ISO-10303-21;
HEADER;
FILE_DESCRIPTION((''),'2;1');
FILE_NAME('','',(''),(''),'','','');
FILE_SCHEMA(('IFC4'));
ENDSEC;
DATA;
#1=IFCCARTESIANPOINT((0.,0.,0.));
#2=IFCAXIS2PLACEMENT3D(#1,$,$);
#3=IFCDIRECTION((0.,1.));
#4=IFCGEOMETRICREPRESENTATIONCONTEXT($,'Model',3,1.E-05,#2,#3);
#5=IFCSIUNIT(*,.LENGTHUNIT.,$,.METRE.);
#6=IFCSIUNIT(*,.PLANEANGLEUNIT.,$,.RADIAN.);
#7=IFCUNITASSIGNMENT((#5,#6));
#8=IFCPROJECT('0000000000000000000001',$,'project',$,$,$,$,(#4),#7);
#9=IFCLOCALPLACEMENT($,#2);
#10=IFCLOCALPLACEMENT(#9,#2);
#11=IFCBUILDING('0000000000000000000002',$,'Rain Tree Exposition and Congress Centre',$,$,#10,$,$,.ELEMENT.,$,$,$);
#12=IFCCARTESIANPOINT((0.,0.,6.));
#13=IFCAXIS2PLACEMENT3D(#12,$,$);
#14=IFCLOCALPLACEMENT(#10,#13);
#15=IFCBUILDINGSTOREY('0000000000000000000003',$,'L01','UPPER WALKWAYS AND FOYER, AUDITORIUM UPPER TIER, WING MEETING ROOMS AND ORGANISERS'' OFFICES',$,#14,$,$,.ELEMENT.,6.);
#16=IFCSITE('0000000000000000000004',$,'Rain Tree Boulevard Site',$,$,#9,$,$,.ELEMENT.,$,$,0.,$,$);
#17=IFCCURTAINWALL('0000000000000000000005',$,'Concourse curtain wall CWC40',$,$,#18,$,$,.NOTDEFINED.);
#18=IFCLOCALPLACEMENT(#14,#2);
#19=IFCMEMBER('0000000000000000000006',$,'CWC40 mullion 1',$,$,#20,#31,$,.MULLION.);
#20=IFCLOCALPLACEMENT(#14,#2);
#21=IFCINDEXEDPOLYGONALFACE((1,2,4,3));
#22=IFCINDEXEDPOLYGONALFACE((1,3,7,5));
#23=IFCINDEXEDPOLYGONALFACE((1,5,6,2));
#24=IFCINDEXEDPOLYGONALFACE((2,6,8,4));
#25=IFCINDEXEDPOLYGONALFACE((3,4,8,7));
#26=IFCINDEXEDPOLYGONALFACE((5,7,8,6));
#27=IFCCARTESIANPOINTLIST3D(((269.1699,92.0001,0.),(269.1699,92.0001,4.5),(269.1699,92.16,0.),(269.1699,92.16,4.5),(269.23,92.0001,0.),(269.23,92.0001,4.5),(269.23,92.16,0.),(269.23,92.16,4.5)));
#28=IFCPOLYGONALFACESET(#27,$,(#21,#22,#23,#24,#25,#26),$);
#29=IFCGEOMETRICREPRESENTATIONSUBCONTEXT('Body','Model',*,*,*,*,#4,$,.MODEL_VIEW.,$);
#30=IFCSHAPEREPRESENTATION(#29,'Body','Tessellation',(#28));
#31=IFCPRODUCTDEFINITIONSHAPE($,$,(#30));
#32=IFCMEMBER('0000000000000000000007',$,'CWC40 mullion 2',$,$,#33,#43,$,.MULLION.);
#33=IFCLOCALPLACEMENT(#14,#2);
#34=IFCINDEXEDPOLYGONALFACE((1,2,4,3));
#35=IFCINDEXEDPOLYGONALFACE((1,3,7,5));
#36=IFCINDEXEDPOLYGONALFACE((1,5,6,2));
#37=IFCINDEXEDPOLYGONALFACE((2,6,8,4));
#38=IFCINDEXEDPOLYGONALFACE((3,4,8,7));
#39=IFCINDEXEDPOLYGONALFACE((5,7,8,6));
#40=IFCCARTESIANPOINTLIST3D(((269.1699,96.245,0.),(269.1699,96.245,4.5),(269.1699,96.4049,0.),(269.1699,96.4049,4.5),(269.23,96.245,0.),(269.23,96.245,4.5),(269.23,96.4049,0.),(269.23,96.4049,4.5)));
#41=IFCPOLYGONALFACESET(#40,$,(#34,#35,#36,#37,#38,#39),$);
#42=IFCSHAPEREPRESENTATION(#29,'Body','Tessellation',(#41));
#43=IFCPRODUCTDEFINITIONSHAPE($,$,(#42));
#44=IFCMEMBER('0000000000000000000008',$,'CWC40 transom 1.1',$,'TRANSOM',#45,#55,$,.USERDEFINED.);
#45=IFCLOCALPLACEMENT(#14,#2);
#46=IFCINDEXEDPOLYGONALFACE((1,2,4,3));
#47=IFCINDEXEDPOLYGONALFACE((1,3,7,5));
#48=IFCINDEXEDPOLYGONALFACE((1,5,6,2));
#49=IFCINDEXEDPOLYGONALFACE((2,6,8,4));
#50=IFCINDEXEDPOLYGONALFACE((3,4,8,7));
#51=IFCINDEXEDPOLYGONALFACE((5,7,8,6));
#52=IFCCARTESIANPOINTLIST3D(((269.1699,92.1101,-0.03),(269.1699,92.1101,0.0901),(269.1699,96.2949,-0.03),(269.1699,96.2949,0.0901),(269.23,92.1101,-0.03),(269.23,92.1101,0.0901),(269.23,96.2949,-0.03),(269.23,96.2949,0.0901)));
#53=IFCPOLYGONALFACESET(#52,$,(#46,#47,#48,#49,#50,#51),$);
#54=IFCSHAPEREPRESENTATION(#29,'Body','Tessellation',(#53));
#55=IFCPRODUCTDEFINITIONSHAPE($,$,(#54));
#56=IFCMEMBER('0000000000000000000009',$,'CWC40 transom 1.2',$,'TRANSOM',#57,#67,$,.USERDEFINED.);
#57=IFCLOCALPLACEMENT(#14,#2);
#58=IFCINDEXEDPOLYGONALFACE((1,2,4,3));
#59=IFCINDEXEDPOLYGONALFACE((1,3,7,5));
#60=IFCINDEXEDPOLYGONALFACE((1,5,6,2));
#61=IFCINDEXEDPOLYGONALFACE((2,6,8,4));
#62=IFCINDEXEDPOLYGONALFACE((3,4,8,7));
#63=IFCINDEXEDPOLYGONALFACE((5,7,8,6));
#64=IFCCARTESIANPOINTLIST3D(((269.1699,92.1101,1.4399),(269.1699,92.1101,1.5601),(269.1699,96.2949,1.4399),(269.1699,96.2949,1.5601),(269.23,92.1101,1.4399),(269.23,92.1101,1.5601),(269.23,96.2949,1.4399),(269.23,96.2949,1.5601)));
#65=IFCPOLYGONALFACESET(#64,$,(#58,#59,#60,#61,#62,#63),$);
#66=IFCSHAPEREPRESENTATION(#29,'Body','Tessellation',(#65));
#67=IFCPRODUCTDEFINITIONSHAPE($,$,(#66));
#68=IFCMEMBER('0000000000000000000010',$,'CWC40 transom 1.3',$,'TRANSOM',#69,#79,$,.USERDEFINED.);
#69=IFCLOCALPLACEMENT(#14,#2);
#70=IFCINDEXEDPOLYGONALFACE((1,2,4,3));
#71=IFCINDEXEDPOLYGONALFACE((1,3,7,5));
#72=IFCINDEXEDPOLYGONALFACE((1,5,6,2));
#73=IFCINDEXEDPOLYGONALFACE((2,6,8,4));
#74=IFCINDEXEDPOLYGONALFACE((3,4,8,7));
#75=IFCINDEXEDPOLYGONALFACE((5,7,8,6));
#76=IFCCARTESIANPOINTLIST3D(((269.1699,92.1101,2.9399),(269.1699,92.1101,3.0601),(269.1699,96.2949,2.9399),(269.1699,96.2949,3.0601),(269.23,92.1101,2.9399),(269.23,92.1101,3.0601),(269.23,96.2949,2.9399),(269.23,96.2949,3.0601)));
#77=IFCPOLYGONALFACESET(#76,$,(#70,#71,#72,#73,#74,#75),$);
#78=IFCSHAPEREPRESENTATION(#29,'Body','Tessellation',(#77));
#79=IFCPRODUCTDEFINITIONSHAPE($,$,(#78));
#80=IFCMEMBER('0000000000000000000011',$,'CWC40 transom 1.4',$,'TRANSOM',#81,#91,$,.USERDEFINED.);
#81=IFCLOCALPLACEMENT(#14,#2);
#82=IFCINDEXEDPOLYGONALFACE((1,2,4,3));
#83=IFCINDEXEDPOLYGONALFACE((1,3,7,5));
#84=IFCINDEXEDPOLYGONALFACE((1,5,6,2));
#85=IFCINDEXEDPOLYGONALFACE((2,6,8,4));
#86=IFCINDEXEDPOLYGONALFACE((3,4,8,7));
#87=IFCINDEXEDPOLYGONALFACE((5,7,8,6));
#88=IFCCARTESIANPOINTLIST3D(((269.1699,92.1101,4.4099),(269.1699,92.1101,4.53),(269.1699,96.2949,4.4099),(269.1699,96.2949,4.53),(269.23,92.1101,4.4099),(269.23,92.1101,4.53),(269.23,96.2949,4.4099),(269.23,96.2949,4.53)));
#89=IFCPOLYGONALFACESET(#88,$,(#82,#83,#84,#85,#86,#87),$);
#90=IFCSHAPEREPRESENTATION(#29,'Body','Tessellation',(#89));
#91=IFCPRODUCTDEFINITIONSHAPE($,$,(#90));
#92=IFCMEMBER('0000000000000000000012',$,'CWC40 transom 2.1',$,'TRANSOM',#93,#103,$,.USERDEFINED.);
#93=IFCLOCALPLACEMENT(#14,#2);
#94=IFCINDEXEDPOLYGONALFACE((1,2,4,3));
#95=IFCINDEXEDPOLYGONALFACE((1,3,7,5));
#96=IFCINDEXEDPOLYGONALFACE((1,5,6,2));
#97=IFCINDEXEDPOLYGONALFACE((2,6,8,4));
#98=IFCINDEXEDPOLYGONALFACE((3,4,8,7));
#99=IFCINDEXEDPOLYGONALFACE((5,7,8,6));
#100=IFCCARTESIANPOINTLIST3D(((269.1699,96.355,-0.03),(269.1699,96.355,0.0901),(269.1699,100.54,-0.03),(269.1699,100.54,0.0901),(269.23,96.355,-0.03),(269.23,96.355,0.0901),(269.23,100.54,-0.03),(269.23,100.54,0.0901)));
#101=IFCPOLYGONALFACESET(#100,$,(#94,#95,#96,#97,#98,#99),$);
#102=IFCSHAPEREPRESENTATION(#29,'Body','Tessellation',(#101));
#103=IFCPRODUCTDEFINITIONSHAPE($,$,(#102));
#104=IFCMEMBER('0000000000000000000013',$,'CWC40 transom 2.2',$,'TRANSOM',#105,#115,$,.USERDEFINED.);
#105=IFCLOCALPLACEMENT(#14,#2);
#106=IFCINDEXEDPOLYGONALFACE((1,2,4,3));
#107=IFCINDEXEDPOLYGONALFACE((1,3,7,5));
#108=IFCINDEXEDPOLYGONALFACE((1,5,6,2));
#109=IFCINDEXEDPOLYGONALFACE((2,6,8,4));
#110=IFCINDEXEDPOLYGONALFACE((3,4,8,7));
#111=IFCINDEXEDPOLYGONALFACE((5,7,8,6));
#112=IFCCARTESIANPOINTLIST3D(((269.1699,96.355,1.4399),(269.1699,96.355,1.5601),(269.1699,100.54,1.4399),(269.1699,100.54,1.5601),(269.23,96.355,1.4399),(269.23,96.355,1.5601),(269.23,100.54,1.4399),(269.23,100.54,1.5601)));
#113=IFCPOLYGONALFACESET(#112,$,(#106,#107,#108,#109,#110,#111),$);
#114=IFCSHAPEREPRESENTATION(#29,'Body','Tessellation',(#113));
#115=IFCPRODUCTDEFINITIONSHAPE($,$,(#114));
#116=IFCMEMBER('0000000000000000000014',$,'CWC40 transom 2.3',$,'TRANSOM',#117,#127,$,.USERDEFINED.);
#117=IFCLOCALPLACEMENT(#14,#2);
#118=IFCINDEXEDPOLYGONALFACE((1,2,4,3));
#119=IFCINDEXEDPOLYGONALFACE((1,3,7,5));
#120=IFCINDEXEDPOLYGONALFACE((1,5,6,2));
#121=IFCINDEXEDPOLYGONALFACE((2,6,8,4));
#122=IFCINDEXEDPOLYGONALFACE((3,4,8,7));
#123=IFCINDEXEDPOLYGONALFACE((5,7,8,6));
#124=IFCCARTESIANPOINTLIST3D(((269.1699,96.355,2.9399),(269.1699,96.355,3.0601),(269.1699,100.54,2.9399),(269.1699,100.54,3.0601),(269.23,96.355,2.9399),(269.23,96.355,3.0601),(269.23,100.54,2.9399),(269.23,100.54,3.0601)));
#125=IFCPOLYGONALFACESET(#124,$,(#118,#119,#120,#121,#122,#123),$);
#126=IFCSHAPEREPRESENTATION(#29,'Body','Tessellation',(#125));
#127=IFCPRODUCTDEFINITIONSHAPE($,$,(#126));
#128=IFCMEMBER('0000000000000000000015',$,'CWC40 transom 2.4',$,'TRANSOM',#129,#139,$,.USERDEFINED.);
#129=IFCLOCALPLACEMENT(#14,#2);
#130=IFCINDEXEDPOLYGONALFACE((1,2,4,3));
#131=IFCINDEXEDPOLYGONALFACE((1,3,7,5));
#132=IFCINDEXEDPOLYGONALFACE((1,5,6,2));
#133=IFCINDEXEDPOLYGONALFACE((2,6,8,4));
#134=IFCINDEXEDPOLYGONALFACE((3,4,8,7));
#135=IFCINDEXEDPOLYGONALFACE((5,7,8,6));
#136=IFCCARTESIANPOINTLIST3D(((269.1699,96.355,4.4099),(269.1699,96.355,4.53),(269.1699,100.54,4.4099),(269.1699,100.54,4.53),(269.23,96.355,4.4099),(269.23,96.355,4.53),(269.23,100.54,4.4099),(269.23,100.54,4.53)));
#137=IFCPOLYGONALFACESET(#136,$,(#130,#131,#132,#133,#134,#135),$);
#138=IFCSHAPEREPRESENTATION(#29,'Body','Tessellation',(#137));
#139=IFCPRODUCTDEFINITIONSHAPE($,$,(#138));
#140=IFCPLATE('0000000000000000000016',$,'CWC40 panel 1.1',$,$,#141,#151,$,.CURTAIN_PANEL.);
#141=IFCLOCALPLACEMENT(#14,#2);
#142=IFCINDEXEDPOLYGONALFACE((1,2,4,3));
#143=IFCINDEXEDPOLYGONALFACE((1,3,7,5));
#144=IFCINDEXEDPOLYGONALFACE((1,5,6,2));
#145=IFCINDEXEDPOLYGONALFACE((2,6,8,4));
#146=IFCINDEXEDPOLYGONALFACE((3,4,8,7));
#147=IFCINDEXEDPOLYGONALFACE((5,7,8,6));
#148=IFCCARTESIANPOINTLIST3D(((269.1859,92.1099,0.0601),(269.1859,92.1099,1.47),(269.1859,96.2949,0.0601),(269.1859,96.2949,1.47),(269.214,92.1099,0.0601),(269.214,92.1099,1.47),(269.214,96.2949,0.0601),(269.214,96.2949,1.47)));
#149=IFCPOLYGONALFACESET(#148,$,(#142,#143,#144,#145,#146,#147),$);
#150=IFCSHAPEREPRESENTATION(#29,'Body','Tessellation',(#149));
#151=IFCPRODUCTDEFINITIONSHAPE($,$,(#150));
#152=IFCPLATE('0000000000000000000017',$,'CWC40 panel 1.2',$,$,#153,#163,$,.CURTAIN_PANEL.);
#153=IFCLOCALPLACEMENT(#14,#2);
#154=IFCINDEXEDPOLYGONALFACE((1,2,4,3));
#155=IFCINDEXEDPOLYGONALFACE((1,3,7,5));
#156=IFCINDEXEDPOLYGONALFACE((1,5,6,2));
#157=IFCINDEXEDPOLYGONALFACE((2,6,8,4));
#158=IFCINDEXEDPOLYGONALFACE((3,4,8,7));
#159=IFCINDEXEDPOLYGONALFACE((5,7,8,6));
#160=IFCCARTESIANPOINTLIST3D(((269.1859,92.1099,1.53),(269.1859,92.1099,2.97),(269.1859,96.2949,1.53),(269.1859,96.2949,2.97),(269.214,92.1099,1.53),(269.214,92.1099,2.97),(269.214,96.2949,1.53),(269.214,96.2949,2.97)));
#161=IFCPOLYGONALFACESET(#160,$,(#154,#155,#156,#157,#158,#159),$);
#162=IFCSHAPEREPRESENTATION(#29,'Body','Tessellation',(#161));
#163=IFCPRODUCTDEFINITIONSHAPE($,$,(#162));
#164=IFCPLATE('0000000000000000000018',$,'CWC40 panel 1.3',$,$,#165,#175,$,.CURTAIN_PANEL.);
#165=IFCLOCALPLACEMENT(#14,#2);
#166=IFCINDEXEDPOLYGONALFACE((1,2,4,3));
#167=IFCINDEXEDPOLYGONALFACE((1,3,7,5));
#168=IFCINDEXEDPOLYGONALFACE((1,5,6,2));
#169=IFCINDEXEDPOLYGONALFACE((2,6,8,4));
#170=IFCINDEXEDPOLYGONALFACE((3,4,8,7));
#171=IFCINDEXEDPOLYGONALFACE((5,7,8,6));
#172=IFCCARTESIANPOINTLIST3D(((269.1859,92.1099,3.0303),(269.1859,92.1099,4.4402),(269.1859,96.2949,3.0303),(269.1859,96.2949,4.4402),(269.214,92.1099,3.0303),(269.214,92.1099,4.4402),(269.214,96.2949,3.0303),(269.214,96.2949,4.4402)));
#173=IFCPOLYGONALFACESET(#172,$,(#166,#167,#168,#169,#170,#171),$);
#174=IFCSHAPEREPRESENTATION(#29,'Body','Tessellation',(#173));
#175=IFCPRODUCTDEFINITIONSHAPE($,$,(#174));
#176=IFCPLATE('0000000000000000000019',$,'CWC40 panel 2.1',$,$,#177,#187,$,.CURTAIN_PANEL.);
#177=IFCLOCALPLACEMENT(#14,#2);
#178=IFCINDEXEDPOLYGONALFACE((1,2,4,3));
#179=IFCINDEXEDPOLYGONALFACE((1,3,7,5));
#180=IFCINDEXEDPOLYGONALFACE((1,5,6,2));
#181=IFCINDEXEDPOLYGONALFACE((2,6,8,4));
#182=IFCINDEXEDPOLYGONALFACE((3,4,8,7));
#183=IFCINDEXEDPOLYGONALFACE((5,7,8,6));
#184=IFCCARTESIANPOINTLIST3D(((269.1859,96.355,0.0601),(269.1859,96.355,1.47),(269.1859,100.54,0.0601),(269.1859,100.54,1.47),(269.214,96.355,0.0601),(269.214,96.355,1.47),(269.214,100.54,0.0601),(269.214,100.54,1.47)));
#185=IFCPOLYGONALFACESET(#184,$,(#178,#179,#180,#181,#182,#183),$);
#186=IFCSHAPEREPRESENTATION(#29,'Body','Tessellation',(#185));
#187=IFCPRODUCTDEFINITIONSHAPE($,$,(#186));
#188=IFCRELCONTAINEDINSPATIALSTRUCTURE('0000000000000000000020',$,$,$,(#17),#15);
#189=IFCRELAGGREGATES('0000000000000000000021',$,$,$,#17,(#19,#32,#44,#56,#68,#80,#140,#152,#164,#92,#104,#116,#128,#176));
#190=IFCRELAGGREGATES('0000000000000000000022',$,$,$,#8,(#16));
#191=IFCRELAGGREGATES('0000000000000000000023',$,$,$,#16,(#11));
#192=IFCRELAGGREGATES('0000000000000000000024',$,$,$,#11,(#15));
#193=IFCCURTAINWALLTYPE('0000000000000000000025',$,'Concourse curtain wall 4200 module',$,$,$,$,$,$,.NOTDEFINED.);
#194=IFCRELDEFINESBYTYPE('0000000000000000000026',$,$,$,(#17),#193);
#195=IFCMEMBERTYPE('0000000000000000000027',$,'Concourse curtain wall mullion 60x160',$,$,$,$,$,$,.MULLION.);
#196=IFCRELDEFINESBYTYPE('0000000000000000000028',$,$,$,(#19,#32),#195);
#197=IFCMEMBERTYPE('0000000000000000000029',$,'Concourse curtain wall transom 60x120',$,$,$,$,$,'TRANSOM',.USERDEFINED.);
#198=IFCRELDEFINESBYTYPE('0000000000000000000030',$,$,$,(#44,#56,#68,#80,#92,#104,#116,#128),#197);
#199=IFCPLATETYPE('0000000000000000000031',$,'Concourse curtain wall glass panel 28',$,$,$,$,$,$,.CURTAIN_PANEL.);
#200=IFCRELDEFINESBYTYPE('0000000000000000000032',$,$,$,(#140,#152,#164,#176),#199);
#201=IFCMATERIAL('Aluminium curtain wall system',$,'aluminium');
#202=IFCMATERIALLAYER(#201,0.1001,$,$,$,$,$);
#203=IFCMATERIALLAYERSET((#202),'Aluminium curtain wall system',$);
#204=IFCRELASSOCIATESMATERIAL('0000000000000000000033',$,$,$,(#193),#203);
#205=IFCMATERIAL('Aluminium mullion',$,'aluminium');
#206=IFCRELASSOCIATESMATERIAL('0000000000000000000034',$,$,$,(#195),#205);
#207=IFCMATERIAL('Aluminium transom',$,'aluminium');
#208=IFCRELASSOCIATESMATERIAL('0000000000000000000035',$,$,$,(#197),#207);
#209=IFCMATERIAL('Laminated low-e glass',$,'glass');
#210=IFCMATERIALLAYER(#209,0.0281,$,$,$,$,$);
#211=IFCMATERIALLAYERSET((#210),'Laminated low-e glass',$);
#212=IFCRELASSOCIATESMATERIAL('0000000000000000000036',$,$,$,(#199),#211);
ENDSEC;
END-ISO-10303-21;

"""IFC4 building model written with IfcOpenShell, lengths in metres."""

from ifc_helpers import new_model, si_unit, direction, frame, origin, origin_2d, place, context, subcontext, project, spatial, rectangle, extrude, material, layer, layer_set, material_profile, profile_set, type_object, element, aggregate, save


model = new_model("IFC4")

# Units and contexts
model_context = context("Model", 3, precision=1e-05, world=origin(), true_north=direction((0.0, 1.0)))
body_context = subcontext(model_context, "Body", "Model", "MODEL_VIEW")
ifc_project = project(units=[si_unit("LENGTHUNIT", "METRE"), si_unit("PLANEANGLEUNIT", "RADIAN")], contexts=[model_context])

# Site, building, storey
site_placement = place(None, origin())
site = spatial("IfcSite", under=ifc_project, at=site_placement, Name="Rain Tree Boulevard Site", CompositionType="ELEMENT", RefElevation=0.0)
building_placement = place(site_placement, origin())
building = spatial("IfcBuilding", under=site, at=building_placement, Name="Rain Tree Exposition and Congress Centre", CompositionType="ELEMENT")
storey_placement = place(building_placement, frame((0.0, 0.0, 6.0)))
storey = spatial("IfcBuildingStorey", under=building, at=storey_placement, Name="L01", Description="UPPER WALKWAYS AND FOYER, AUDITORIUM UPPER TIER, WING MEETING ROOMS AND ORGANISERS' OFFICES", CompositionType="ELEMENT", Elevation=6.0)

# Curtain wall, members, plates
ifc_material_1 = material(Name="Aluminium curtain wall system", Category="aluminium")
ifc_layer_1 = layer(ifc_material_1, 0.1001)
ifc_layer_set_1 = layer_set([ifc_layer_1], Name="Aluminium curtain wall system")
curtain_wall_type = type_object("IfcCurtainWallType", Name="Concourse curtain wall 4200 module", PredefinedType="NOTDEFINED", material=ifc_layer_set_1)
curtain_wall_placement = place(storey_placement, origin())
curtain_wall = element("IfcCurtainWall", 1, at=curtain_wall_placement, inside=storey, type_object=curtain_wall_type, Name="Concourse curtain wall CWC40", PredefinedType="NOTDEFINED")
ifc_material_2 = material(Name="Aluminium mullion", Category="aluminium")
ifc_material_profile_1 = material_profile(ifc_material_2, rectangle(XDim=0.0601, YDim=0.1599, at=origin_2d()), Name="AL 60x160")
ifc_profile_set_1 = profile_set([ifc_material_profile_1], Name="Aluminium mullion")
member_type_1 = type_object("IfcMemberType", Name="Concourse curtain wall mullion 60x160", PredefinedType="MULLION", material=ifc_profile_set_1)
member_1_placement = place(storey_placement, frame((269.2, 92.0801, 0.0), z_axis=(0.0, 0.0, 1.0), x_axis=(-1.0, 0.0, 0.0)))
member_1 = element("IfcMember", 2, at=member_1_placement, type_object=member_type_1, Name="CWC40 mullion 1", PredefinedType="MULLION", context=body_context, shape_type="SweptSolid", body=[
    extrude(rectangle(XDim=0.0601, YDim=0.1599, at=origin_2d()), origin(), (0.0, 0.0, 1.0), 4.5),
])
member_2_placement = place(storey_placement, frame((269.2, 96.325, 0.0), z_axis=(0.0, 0.0, 1.0), x_axis=(-1.0, 0.0, 0.0)))
member_2 = element("IfcMember", 3, at=member_2_placement, type_object=member_type_1, Name="CWC40 mullion 2", PredefinedType="MULLION", context=body_context, shape_type="SweptSolid", body=[
    extrude(rectangle(XDim=0.0601, YDim=0.1599, at=origin_2d()), origin(), (0.0, 0.0, 1.0), 4.5),
])
ifc_material_3 = material(Name="Aluminium transom", Category="aluminium")
ifc_material_profile_2 = material_profile(ifc_material_3, rectangle(XDim=0.0601, YDim=0.1201, at=origin_2d()), Name="AL 60x120")
ifc_profile_set_2 = profile_set([ifc_material_profile_2], Name="Aluminium transom")
member_type_2 = type_object("IfcMemberType", Name="Concourse curtain wall transom 60x120", ElementType="TRANSOM", PredefinedType="USERDEFINED", material=ifc_profile_set_2)
member_3_placement = place(storey_placement, frame((269.2, 92.1101, 0.03), z_axis=(0.0, 1.0, 0.0), x_axis=(-1.0, 0.0, 0.0)))
member_3 = element("IfcMember", 4, at=member_3_placement, type_object=member_type_2, Name="CWC40 transom 1.1", ObjectType="TRANSOM", PredefinedType="USERDEFINED", context=body_context, shape_type="SweptSolid", body=[
    extrude(rectangle(XDim=0.0601, YDim=0.1201, at=origin_2d()), origin(), (0.0, 0.0, 1.0), 4.1848),
])
member_4_placement = place(storey_placement, frame((269.2, 92.1101, 1.5), z_axis=(0.0, 1.0, 0.0), x_axis=(-1.0, 0.0, 0.0)))
member_4 = element("IfcMember", 5, at=member_4_placement, type_object=member_type_2, Name="CWC40 transom 1.2", ObjectType="TRANSOM", PredefinedType="USERDEFINED", context=body_context, shape_type="SweptSolid", body=[
    extrude(rectangle(XDim=0.0601, YDim=0.1201, at=origin_2d()), origin(), (0.0, 0.0, 1.0), 4.1848),
])
member_5_placement = place(storey_placement, frame((269.2, 92.1101, 3.0), z_axis=(0.0, 1.0, 0.0), x_axis=(-1.0, 0.0, 0.0)))
member_5 = element("IfcMember", 6, at=member_5_placement, type_object=member_type_2, Name="CWC40 transom 1.3", ObjectType="TRANSOM", PredefinedType="USERDEFINED", context=body_context, shape_type="SweptSolid", body=[
    extrude(rectangle(XDim=0.0601, YDim=0.1201, at=origin_2d()), origin(), (0.0, 0.0, 1.0), 4.1848),
])
member_6_placement = place(storey_placement, frame((269.2, 92.1101, 4.47), z_axis=(0.0, 1.0, 0.0), x_axis=(-1.0, 0.0, 0.0)))
member_6 = element("IfcMember", 7, at=member_6_placement, type_object=member_type_2, Name="CWC40 transom 1.4", ObjectType="TRANSOM", PredefinedType="USERDEFINED", context=body_context, shape_type="SweptSolid", body=[
    extrude(rectangle(XDim=0.0601, YDim=0.1201, at=origin_2d()), origin(), (0.0, 0.0, 1.0), 4.1848),
])
member_7_placement = place(storey_placement, frame((269.2, 96.355, 0.03), z_axis=(0.0, 1.0, 0.0), x_axis=(-1.0, 0.0, 0.0)))
member_7 = element("IfcMember", 8, at=member_7_placement, type_object=member_type_2, Name="CWC40 transom 2.1", ObjectType="TRANSOM", PredefinedType="USERDEFINED", context=body_context, shape_type="SweptSolid", body=[
    extrude(rectangle(XDim=0.0601, YDim=0.1201, at=origin_2d()), origin(), (0.0, 0.0, 1.0), 4.1851),
])
member_8_placement = place(storey_placement, frame((269.2, 96.355, 1.5), z_axis=(0.0, 1.0, 0.0), x_axis=(-1.0, 0.0, 0.0)))
member_8 = element("IfcMember", 9, at=member_8_placement, type_object=member_type_2, Name="CWC40 transom 2.2", ObjectType="TRANSOM", PredefinedType="USERDEFINED", context=body_context, shape_type="SweptSolid", body=[
    extrude(rectangle(XDim=0.0601, YDim=0.1201, at=origin_2d()), origin(), (0.0, 0.0, 1.0), 4.1851),
])
member_9_placement = place(storey_placement, frame((269.2, 96.355, 3.0), z_axis=(0.0, 1.0, 0.0), x_axis=(-1.0, 0.0, 0.0)))
member_9 = element("IfcMember", 10, at=member_9_placement, type_object=member_type_2, Name="CWC40 transom 2.3", ObjectType="TRANSOM", PredefinedType="USERDEFINED", context=body_context, shape_type="SweptSolid", body=[
    extrude(rectangle(XDim=0.0601, YDim=0.1201, at=origin_2d()), origin(), (0.0, 0.0, 1.0), 4.1851),
])
member_10_placement = place(storey_placement, frame((269.2, 96.355, 4.47), z_axis=(0.0, 1.0, 0.0), x_axis=(-1.0, 0.0, 0.0)))
member_10 = element("IfcMember", 11, at=member_10_placement, type_object=member_type_2, Name="CWC40 transom 2.4", ObjectType="TRANSOM", PredefinedType="USERDEFINED", context=body_context, shape_type="SweptSolid", body=[
    extrude(rectangle(XDim=0.0601, YDim=0.1201, at=origin_2d()), origin(), (0.0, 0.0, 1.0), 4.1851),
])
ifc_material_4 = material(Name="Laminated low-e glass", Category="glass")
ifc_layer_2 = layer(ifc_material_4, 0.0281)
ifc_layer_set_2 = layer_set([ifc_layer_2], Name="Laminated low-e glass")
plate_type = type_object("IfcPlateType", Name="Concourse curtain wall glass panel 28", PredefinedType="CURTAIN_PANEL", material=ifc_layer_set_2)
plate_1_placement = place(storey_placement, frame((269.2, 94.2024, 0.0601), z_axis=(0.0, 0.0, 1.0), x_axis=(0.0, 1.0, 0.0)))
plate_1 = element("IfcPlate", 12, at=plate_1_placement, type_object=plate_type, Name="CWC40 panel 1.1", PredefinedType="CURTAIN_PANEL", context=body_context, shape_type="SweptSolid", body=[
    extrude(rectangle(XDim=4.1851, YDim=0.0281, at=origin_2d()), origin(), (0.0, 0.0, 1.0), 1.4099),
])
plate_2_placement = place(storey_placement, frame((269.2, 94.2024, 1.53), z_axis=(0.0, 0.0, 1.0), x_axis=(0.0, 1.0, 0.0)))
plate_2 = element("IfcPlate", 13, at=plate_2_placement, type_object=plate_type, Name="CWC40 panel 1.2", PredefinedType="CURTAIN_PANEL", context=body_context, shape_type="SweptSolid", body=[
    extrude(rectangle(XDim=4.1851, YDim=0.0281, at=origin_2d()), origin(), (0.0, 0.0, 1.0), 1.4399),
])
plate_3_placement = place(storey_placement, frame((269.2, 94.2024, 3.0303), z_axis=(0.0, 0.0, 1.0), x_axis=(0.0, 1.0, 0.0)))
plate_3 = element("IfcPlate", 14, at=plate_3_placement, type_object=plate_type, Name="CWC40 panel 1.3", PredefinedType="CURTAIN_PANEL", context=body_context, shape_type="SweptSolid", body=[
    extrude(rectangle(XDim=4.1851, YDim=0.0281, at=origin_2d()), origin(), (0.0, 0.0, 1.0), 1.4099),
])
plate_4_placement = place(storey_placement, frame((269.2, 98.4475, 0.0601), z_axis=(0.0, 0.0, 1.0), x_axis=(0.0, 1.0, 0.0)))
plate_4 = element("IfcPlate", 15, at=plate_4_placement, type_object=plate_type, Name="CWC40 panel 2.1", PredefinedType="CURTAIN_PANEL", context=body_context, shape_type="SweptSolid", body=[
    extrude(rectangle(XDim=4.1851, YDim=0.0281, at=origin_2d()), origin(), (0.0, 0.0, 1.0), 1.4099),
])
aggregate(curtain_wall, [member_1, member_2, member_3, member_4, member_5, member_6, plate_1, plate_2, plate_3, member_7, member_8, member_9, member_10, plate_4])

save(model, "model.ifc")
